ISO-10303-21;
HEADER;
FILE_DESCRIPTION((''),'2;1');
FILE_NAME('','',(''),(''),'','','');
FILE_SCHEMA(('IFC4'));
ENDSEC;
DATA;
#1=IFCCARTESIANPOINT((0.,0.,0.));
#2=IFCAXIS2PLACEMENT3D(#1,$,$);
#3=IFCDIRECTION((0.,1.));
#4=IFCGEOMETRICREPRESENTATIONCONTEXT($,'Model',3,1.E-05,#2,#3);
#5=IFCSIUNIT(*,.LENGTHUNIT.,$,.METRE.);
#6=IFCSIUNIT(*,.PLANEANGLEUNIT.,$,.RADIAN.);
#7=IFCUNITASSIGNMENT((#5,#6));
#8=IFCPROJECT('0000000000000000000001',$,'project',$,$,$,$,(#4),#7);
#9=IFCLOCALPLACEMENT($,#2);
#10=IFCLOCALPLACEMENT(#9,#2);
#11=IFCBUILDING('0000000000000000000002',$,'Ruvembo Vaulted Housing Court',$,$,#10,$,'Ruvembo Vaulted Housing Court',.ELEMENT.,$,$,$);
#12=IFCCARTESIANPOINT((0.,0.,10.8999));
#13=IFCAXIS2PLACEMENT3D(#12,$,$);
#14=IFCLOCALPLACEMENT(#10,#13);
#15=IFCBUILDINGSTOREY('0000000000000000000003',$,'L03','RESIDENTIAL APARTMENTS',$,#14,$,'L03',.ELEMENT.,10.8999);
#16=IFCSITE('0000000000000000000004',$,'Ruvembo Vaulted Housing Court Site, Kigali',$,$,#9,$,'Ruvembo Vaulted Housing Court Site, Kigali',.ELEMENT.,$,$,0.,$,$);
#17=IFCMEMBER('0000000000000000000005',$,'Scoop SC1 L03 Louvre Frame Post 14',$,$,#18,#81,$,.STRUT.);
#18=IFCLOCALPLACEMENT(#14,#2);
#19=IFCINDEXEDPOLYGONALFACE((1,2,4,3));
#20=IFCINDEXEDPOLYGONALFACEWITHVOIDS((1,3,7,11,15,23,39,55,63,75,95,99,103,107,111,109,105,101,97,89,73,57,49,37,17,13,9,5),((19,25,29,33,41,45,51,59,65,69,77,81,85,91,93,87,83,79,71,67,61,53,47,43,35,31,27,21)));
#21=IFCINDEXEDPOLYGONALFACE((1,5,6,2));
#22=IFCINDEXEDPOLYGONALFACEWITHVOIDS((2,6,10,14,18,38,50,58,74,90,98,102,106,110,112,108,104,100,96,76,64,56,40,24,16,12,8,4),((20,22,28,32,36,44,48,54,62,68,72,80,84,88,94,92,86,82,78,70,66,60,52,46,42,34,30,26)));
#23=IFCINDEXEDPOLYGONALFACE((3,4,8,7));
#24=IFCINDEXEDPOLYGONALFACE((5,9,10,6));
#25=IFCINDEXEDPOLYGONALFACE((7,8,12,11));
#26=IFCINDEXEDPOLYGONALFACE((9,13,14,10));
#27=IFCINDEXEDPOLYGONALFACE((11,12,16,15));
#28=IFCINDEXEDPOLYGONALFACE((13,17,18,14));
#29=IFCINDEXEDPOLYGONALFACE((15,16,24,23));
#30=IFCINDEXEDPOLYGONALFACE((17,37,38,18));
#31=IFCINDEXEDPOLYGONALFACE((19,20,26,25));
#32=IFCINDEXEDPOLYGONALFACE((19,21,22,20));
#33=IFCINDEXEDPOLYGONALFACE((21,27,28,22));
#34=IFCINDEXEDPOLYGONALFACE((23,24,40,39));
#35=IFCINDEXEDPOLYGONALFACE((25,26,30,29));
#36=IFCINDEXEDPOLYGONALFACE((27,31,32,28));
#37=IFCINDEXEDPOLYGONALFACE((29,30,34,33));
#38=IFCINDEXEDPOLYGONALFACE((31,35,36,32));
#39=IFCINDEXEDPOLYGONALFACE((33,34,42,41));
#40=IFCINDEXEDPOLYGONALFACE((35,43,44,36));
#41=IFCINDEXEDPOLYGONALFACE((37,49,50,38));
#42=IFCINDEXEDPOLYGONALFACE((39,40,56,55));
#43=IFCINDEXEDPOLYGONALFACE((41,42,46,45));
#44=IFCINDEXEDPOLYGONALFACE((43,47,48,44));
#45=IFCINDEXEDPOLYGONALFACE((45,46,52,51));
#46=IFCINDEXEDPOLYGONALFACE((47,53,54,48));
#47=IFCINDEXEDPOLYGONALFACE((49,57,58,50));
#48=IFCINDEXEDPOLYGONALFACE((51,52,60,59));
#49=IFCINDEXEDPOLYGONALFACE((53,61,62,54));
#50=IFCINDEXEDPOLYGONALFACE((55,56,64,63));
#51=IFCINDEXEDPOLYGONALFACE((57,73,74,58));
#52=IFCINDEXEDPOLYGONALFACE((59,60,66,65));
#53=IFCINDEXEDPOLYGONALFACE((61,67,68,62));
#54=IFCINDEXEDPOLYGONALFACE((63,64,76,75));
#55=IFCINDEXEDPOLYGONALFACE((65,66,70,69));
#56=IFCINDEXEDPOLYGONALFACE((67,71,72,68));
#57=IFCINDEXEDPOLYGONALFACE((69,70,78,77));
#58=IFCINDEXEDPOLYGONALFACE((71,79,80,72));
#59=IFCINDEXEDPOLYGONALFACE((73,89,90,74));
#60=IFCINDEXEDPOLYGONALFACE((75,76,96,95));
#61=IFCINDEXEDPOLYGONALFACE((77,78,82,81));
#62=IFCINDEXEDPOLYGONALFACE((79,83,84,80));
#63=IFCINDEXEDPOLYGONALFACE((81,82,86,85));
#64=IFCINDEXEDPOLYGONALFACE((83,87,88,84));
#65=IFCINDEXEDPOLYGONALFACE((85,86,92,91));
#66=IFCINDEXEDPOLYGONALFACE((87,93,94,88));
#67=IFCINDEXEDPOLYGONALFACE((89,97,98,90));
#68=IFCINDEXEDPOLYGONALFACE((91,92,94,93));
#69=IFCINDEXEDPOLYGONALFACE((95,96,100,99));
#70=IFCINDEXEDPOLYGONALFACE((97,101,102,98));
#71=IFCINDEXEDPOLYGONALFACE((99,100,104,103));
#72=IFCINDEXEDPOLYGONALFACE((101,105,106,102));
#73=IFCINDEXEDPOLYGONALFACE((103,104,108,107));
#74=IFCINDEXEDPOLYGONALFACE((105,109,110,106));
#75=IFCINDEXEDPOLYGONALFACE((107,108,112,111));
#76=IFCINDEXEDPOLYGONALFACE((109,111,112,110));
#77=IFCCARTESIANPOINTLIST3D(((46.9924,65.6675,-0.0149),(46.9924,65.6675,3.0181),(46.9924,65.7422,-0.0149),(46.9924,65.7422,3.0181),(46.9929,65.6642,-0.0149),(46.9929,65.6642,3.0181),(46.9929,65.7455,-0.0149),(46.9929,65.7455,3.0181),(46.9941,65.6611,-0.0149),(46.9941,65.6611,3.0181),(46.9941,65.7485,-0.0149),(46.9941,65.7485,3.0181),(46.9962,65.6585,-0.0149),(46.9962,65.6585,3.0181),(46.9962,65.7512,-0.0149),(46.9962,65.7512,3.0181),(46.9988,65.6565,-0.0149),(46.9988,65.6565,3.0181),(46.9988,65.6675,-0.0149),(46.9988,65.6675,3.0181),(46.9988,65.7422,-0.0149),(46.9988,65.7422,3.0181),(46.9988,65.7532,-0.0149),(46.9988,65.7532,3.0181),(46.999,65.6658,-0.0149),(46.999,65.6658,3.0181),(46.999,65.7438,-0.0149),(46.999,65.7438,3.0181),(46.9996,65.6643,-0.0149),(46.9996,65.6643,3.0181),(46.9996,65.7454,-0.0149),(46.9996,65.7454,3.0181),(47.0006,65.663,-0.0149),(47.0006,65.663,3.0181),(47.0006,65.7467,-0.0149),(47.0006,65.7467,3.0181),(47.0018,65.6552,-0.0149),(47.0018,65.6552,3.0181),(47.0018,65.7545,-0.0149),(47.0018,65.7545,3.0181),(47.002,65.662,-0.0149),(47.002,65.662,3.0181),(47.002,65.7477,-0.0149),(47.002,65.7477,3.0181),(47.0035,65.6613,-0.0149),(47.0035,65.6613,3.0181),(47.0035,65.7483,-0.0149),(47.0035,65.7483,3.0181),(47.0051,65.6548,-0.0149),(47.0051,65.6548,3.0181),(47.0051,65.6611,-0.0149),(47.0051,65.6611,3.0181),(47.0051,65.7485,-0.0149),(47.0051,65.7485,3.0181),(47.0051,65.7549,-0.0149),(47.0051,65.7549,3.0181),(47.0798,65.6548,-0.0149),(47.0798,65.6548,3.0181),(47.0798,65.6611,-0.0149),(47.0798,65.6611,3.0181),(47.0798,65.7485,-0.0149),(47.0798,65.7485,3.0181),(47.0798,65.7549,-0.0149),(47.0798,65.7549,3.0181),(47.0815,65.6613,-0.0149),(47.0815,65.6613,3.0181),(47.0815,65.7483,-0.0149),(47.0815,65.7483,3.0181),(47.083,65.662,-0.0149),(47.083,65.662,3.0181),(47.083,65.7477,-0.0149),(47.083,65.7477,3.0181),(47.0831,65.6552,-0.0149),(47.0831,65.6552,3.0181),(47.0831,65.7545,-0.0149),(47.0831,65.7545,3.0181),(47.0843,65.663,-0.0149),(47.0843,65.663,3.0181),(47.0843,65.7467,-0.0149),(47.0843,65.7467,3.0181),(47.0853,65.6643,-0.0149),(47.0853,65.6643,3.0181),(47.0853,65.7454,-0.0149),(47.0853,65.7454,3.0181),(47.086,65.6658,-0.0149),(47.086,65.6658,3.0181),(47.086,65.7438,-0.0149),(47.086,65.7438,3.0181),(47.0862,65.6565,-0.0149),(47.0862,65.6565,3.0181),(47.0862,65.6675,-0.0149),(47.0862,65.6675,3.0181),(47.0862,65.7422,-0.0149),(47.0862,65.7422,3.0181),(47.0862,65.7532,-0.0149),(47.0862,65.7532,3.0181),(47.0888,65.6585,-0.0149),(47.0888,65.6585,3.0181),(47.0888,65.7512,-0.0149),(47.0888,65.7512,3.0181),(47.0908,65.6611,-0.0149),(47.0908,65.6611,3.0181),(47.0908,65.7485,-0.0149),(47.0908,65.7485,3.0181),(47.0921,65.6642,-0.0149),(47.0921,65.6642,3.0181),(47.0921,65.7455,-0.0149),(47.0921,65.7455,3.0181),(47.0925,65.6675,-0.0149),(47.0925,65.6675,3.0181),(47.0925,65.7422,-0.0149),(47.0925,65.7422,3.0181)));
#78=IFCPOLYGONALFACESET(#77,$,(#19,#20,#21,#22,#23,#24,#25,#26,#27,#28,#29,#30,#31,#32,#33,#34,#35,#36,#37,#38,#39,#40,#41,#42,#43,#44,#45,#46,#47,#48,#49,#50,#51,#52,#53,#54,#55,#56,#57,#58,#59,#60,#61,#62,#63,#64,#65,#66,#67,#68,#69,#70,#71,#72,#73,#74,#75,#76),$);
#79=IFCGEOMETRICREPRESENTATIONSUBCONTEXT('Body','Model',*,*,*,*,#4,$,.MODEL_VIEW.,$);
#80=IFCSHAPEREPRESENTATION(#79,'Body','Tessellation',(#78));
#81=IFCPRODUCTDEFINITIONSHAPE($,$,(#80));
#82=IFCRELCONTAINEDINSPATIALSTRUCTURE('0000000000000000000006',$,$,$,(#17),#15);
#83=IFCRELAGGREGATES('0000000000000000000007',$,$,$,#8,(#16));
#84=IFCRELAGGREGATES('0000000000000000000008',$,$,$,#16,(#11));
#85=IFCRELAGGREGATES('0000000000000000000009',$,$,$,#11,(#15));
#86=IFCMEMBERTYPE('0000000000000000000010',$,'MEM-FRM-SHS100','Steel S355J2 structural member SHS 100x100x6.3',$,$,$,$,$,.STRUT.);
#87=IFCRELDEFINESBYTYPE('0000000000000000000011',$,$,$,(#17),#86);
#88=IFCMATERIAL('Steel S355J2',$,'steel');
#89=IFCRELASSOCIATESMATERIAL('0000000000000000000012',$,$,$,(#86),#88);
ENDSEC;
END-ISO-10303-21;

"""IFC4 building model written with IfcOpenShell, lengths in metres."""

from ifc_helpers import new_model, si_unit, direction, frame, origin, origin_2d, place, context, subcontext, project, spatial, hollow_rectangle, extrude, material, material_profile, profile_set, type_object, element, save


model = new_model("IFC4")

# Units and contexts
model_context = context("Model", 3, precision=1e-05, world=origin(), true_north=direction((0.0, 1.0)))
body_context = subcontext(model_context, "Body", "Model", "MODEL_VIEW")
ifc_project = project(units=[si_unit("LENGTHUNIT", "METRE"), si_unit("PLANEANGLEUNIT", "RADIAN")], contexts=[model_context])

# Site, building, storey
site_placement = place(None, origin())
site = spatial("IfcSite", under=ifc_project, at=site_placement, Name="Ruvembo Vaulted Housing Court Site, Kigali", LongName="Ruvembo Vaulted Housing Court Site, Kigali", CompositionType="ELEMENT", RefElevation=0.0)
building_placement = place(site_placement, origin())
building = spatial("IfcBuilding", under=site, at=building_placement, Name="Ruvembo Vaulted Housing Court", LongName="Ruvembo Vaulted Housing Court", CompositionType="ELEMENT")
storey_placement = place(building_placement, frame((0.0, 0.0, 10.8999)))
storey = spatial("IfcBuildingStorey", under=building, at=storey_placement, Name="L03", Description="RESIDENTIAL APARTMENTS", LongName="L03", CompositionType="ELEMENT", Elevation=10.8999)

# Shared definitions
ifc_material_1 = material(Name="Steel S355J2", Category="steel")

# Member
ifc_material_profile_1 = material_profile(ifc_material_1, hollow_rectangle(XDim=0.1001, YDim=0.1001, WallThickness=0.0063, InnerFilletRadius=0.0063, OuterFilletRadius=0.0127, at=origin_2d()), Name="SHS 100x100x6.3")
ifc_profile_set_1 = profile_set([ifc_material_profile_1], Name="Steel S355J2")
member_type_1 = type_object("IfcMemberType", Name="MEM-FRM-SHS100", Description="Steel S355J2 structural member SHS 100x100x6.3", PredefinedType="STRUT", material=ifc_profile_set_1)
for number, where, z_axis, x_axis, name in (
    (1, (47.0425, 65.7048, -0.0149), (0.0, 0.0, 1.0), (1.0, 0.0, 0.0), "Scoop SC1 L03 Louvre Frame Post 14"),
):
    element("IfcMember", number, at=place(storey_placement, frame(where, z_axis=z_axis, x_axis=x_axis)), inside=storey, type_object=member_type_1, Name=name, PredefinedType="STRUT", context=body_context, shape_type="SweptSolid", body=[
        extrude(hollow_rectangle(XDim=0.1001, YDim=0.1001, WallThickness=0.0063, InnerFilletRadius=0.0063, OuterFilletRadius=0.0127, at=origin_2d()), origin(), (0.0, 0.0, 1.0), 3.033),
    ])

save(model, "model.ifc")
